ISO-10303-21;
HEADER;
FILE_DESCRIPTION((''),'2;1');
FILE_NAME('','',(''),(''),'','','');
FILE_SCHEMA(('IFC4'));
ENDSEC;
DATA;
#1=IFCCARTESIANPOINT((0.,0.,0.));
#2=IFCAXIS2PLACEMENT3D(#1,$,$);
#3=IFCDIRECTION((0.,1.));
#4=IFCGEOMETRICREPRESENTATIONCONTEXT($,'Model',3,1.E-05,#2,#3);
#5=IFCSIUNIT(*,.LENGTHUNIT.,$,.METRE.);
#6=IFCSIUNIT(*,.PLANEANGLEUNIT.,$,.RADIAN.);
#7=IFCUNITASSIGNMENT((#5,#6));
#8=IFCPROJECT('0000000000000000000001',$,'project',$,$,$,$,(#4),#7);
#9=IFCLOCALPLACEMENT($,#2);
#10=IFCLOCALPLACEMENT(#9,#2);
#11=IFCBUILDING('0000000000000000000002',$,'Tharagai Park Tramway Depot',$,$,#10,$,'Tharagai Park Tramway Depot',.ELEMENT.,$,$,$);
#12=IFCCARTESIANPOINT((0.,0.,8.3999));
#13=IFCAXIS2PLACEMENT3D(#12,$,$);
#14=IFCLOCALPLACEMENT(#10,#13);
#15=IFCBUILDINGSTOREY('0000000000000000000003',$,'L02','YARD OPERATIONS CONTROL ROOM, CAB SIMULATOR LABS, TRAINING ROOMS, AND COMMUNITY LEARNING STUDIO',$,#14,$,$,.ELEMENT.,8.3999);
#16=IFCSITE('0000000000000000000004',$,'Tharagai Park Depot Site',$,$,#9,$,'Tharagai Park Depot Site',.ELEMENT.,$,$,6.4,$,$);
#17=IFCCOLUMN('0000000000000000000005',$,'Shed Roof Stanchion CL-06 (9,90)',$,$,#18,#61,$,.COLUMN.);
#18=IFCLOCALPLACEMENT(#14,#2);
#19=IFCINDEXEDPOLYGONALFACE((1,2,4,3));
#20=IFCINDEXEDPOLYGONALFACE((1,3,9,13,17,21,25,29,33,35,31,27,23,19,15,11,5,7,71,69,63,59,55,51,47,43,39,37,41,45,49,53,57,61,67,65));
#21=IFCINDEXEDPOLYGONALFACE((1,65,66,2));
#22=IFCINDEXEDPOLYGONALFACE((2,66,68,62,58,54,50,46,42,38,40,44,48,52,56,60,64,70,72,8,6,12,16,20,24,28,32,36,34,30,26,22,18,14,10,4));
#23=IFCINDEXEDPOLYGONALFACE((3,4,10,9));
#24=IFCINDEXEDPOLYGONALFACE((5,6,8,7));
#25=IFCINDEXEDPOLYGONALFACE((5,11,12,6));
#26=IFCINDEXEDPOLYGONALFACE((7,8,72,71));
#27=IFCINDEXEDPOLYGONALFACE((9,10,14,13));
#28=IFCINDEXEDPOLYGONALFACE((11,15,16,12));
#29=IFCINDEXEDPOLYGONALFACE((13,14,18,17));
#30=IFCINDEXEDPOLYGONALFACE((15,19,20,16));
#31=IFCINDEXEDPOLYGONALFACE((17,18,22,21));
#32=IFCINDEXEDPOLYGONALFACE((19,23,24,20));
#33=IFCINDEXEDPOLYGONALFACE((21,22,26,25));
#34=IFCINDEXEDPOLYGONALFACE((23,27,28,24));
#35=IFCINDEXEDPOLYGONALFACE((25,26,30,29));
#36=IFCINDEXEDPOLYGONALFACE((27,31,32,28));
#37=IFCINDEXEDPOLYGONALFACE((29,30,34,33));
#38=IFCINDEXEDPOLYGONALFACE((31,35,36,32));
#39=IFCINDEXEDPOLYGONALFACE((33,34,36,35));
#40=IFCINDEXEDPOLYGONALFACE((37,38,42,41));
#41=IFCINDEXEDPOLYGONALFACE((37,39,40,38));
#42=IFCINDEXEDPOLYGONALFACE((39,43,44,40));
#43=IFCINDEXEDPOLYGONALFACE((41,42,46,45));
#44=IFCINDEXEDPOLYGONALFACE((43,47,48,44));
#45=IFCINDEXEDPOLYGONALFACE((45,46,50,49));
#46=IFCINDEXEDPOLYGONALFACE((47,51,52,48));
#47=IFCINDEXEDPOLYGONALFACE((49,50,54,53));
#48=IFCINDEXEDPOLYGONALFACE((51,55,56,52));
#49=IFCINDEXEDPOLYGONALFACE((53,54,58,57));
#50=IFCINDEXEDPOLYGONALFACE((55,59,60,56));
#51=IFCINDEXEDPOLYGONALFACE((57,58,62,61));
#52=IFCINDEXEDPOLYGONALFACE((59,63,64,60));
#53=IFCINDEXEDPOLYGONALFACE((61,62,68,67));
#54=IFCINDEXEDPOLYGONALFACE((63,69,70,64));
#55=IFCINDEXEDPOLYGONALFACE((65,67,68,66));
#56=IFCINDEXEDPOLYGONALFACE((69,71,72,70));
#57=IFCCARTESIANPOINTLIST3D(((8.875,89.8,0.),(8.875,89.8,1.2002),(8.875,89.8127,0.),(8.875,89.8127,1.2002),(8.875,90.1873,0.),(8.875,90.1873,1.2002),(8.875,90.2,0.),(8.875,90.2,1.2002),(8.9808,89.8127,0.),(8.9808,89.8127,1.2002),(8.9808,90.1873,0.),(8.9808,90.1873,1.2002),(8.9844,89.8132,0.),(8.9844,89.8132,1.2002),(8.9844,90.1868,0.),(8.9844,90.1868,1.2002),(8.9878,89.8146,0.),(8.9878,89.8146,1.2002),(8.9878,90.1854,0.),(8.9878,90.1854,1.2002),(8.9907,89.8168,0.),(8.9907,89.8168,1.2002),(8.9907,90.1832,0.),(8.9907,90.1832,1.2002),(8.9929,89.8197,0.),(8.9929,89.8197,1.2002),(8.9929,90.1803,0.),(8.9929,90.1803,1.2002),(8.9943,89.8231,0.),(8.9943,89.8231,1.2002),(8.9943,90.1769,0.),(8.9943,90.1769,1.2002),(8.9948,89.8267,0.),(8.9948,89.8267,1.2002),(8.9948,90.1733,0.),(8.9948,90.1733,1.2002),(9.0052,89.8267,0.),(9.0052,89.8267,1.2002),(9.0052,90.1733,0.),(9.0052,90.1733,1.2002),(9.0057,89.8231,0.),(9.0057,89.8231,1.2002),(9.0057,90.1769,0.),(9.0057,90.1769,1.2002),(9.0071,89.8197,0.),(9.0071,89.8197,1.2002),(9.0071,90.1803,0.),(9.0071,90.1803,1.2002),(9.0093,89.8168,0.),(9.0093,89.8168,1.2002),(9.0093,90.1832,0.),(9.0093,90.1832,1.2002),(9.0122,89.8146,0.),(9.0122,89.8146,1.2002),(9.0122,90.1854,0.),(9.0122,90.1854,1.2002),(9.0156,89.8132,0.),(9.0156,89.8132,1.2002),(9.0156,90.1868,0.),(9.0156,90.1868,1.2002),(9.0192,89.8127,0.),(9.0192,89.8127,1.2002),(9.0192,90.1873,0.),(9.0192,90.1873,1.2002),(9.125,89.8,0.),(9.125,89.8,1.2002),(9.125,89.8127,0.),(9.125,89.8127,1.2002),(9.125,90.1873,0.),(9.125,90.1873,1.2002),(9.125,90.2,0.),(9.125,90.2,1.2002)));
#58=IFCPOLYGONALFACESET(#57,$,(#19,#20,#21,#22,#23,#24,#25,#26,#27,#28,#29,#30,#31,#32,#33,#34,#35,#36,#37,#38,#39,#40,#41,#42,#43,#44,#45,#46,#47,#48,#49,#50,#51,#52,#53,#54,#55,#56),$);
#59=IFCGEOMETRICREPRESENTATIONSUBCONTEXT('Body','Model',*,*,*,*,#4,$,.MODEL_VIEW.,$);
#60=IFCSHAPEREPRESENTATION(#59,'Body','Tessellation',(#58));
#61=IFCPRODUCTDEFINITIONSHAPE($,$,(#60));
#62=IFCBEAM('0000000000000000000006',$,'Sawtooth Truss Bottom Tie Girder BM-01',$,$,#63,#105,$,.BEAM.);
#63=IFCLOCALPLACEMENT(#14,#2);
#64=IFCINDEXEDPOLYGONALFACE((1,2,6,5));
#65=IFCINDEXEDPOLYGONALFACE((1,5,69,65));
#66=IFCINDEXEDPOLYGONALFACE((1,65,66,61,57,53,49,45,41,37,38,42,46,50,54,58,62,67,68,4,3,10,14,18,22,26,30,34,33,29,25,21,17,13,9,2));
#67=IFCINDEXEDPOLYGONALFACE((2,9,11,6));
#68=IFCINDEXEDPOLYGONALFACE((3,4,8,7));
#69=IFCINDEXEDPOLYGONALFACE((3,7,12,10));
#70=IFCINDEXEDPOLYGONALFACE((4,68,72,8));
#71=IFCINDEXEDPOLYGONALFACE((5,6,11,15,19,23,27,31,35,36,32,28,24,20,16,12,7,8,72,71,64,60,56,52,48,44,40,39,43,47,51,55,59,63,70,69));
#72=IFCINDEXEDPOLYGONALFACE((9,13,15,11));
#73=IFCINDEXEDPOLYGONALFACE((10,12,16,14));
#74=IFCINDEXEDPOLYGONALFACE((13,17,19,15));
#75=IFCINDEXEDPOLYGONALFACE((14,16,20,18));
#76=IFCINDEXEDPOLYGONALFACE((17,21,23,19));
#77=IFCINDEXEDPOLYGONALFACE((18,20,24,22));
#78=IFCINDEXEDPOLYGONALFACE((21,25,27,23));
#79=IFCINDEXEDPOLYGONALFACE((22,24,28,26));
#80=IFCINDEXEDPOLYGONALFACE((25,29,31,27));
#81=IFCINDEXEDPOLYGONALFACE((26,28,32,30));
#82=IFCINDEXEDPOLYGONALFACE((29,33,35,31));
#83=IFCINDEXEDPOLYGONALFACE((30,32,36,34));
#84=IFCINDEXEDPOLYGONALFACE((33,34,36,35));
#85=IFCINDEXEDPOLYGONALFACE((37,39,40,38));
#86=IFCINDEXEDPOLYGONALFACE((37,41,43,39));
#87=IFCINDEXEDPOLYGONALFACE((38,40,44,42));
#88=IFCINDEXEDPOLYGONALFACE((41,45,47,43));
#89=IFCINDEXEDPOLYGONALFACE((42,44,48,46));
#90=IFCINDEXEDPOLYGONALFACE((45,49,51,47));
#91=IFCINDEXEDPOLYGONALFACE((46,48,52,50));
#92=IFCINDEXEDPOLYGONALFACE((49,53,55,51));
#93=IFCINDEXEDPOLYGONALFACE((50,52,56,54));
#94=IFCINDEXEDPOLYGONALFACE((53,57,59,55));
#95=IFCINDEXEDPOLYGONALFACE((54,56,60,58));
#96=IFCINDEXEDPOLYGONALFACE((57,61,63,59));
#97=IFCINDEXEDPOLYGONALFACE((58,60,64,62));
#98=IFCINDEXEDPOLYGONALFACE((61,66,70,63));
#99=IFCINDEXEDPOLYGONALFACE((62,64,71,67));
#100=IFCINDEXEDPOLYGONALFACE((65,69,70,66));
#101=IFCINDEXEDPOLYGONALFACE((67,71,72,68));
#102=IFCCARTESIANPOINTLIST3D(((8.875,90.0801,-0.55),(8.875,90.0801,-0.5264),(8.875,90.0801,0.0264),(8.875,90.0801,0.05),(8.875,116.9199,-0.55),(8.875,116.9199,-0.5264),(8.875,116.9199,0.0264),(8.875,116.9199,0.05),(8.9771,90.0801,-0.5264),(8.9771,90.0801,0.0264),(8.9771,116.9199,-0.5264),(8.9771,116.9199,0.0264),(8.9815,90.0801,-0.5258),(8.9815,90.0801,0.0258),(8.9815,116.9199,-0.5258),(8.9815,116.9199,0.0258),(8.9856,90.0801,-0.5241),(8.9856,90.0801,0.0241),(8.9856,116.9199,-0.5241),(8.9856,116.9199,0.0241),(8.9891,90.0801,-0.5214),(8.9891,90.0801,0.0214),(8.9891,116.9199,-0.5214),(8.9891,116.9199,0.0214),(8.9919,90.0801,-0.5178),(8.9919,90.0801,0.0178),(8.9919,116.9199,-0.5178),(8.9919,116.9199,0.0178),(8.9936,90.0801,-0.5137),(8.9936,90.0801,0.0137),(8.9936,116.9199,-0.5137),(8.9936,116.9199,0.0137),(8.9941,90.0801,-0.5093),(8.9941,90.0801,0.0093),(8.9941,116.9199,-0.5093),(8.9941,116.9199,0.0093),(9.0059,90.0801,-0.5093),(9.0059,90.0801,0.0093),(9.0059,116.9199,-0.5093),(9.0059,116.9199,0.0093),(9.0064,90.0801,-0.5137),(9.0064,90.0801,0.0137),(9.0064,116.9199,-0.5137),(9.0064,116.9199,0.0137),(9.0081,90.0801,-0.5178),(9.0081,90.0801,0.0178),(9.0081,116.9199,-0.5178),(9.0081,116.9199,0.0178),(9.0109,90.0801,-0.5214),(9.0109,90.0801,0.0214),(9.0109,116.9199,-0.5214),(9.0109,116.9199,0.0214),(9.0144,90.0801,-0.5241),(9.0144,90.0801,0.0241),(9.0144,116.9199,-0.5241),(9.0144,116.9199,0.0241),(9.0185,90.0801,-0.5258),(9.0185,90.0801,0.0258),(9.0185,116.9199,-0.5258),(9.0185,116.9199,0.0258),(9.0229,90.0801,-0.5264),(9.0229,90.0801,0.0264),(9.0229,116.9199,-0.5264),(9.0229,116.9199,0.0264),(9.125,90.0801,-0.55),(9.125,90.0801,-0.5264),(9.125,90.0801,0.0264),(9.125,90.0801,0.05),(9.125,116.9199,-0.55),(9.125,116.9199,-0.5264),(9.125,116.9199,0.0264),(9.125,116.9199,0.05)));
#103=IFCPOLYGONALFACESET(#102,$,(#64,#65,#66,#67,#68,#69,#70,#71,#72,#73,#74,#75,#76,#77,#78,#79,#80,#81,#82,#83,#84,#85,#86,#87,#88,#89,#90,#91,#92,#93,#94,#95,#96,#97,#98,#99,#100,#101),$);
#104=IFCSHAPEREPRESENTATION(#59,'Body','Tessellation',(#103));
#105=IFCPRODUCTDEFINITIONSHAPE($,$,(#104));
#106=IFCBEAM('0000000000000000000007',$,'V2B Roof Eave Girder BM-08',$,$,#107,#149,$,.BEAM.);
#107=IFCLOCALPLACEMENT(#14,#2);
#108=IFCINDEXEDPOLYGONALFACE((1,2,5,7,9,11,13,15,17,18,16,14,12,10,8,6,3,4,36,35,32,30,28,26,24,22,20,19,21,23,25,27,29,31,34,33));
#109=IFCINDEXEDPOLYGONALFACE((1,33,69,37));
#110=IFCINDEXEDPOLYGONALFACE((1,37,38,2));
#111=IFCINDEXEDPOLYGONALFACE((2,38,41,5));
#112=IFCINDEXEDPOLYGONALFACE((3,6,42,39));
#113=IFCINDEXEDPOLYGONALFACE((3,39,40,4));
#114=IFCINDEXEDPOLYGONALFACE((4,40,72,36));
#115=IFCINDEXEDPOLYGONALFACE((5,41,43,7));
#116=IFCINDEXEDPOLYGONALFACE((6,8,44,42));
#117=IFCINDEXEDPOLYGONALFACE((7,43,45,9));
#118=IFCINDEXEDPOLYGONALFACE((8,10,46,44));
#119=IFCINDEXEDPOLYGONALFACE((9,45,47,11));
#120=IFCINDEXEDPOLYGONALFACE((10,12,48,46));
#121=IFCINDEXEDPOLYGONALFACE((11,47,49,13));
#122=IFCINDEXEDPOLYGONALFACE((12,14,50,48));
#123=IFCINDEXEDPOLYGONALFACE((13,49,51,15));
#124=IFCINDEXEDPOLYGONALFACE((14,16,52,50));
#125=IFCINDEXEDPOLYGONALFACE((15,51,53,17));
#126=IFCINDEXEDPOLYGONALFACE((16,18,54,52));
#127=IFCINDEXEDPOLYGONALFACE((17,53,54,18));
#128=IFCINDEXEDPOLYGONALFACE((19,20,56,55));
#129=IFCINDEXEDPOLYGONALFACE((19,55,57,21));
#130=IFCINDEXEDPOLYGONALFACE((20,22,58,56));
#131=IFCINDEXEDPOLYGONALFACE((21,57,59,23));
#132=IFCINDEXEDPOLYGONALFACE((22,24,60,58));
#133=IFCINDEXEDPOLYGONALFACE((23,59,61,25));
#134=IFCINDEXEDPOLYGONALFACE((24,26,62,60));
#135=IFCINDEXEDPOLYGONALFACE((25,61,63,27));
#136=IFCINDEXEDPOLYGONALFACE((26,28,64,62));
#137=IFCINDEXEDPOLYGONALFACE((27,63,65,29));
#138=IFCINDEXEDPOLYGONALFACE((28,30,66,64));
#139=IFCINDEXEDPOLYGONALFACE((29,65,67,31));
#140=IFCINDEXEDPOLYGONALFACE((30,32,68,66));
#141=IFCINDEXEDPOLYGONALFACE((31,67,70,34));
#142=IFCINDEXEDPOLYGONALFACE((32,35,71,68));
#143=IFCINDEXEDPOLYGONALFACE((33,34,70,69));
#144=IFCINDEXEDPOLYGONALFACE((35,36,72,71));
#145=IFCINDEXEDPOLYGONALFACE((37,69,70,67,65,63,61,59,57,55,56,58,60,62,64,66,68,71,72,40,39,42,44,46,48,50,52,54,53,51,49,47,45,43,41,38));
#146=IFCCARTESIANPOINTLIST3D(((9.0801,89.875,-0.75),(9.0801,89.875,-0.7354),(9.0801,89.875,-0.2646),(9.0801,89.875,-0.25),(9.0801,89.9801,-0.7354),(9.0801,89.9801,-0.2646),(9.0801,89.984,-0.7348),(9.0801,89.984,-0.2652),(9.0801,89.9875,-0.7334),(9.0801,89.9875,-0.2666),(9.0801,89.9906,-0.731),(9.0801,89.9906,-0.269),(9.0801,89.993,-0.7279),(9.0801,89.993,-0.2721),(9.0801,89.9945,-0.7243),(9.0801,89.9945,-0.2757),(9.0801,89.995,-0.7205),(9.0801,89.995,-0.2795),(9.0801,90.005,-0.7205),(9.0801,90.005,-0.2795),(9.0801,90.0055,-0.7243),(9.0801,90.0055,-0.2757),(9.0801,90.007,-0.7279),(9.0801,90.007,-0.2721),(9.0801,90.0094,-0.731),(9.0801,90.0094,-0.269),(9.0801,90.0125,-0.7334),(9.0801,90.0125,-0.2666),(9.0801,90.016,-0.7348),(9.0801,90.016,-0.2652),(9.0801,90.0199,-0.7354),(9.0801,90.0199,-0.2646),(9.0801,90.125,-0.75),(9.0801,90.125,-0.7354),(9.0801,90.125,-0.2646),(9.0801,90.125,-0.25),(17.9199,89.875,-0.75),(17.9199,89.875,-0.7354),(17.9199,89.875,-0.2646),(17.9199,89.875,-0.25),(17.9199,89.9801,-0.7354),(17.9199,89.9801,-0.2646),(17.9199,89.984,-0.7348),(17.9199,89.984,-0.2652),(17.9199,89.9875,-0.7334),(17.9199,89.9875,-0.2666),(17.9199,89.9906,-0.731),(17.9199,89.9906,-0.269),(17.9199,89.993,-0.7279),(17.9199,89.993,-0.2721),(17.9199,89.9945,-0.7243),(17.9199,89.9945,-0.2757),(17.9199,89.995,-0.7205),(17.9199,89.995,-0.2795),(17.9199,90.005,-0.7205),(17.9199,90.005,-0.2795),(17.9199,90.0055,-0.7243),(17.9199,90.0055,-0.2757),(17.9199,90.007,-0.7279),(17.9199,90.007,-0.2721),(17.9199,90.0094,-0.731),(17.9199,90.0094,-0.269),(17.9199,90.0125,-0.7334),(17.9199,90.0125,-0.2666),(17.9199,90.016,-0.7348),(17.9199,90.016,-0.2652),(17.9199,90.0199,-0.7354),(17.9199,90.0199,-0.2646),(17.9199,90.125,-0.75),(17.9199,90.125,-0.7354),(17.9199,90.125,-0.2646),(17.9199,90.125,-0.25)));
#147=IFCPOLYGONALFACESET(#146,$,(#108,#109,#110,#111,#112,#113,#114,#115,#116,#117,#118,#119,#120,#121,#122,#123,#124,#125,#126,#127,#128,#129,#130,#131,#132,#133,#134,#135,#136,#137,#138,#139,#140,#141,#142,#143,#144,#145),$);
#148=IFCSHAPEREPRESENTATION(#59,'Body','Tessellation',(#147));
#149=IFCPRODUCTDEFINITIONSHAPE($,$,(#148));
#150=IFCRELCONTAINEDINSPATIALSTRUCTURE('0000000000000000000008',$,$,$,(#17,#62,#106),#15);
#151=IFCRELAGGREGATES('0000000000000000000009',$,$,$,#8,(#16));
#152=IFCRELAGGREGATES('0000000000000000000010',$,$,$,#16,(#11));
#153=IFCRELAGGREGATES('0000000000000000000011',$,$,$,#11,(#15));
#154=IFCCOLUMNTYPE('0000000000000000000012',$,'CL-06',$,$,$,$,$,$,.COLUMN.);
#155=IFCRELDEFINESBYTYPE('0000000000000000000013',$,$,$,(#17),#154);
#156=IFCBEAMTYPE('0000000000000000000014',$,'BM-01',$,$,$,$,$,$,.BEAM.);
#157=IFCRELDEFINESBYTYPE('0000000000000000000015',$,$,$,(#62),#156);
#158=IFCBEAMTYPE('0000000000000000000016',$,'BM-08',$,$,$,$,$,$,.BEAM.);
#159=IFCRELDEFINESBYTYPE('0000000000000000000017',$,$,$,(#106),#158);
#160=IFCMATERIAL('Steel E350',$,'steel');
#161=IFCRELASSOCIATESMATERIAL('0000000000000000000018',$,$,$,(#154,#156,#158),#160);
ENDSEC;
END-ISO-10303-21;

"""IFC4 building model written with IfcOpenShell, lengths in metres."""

from ifc_helpers import new_model, si_unit, direction, frame, origin, origin_2d, place, context, subcontext, project, spatial, i_section, extrude, material, material_profile, profile_set, type_object, element, save


model = new_model("IFC4")

# Units and contexts
model_context = context("Model", 3, precision=1e-05, world=origin(), true_north=direction((0.0, 1.0)))
body_context = subcontext(model_context, "Body", "Model", "MODEL_VIEW")
ifc_project = project(units=[si_unit("LENGTHUNIT", "METRE"), si_unit("PLANEANGLEUNIT", "RADIAN")], contexts=[model_context])

# Site, building, storey
site_placement = place(None, origin())
site = spatial("IfcSite", under=ifc_project, at=site_placement, Name="Tharagai Park Depot Site", LongName="Tharagai Park Depot Site", CompositionType="ELEMENT", RefElevation=6.4)
building_placement = place(site_placement, origin())
building = spatial("IfcBuilding", under=site, at=building_placement, Name="Tharagai Park Tramway Depot", LongName="Tharagai Park Tramway Depot", CompositionType="ELEMENT")
storey_placement = place(building_placement, frame((0.0, 0.0, 8.3999)))
storey = spatial("IfcBuildingStorey", under=building, at=storey_placement, Name="L02", Description="YARD OPERATIONS CONTROL ROOM, CAB SIMULATOR LABS, TRAINING ROOMS, AND COMMUNITY LEARNING STUDIO", CompositionType="ELEMENT", Elevation=8.3999)

# Column
ifc_material_1 = material(Name="Steel E350", Category="steel")
ifc_material_profile_1 = material_profile(ifc_material_1, i_section(OverallWidth=0.25, OverallDepth=0.3999, WebThickness=0.0105, FlangeThickness=0.0127, FilletRadius=0.0139, at=origin_2d()), Name="ISHB 400")
ifc_profile_set_1 = profile_set([ifc_material_profile_1], Name="Steel E350")
column_type = type_object("IfcColumnType", Name="CL-06", PredefinedType="COLUMN", material=ifc_profile_set_1)
column_placement = place(storey_placement, frame((9.0, 90.0, 0.0), z_axis=(0.0, 0.0, 1.0), x_axis=(1.0, 0.0, 0.0)))
element("IfcColumn", 1, at=column_placement, inside=storey, type_object=column_type, Name="Shed Roof Stanchion CL-06 (9,90)", PredefinedType="COLUMN", context=body_context, shape_type="SweptSolid", body=[
    extrude(i_section(OverallWidth=0.25, OverallDepth=0.3999, WebThickness=0.0105, FlangeThickness=0.0127, FilletRadius=0.0139, at=origin_2d()), origin(), (0.0, 0.0, 1.0), 1.2002),
])

# Beams
ifc_material_profile_2 = material_profile(ifc_material_1, i_section(OverallWidth=0.25, OverallDepth=0.6001, WebThickness=0.0117, FlangeThickness=0.0237, FilletRadius=0.0171, at=origin_2d()), Name="ISWB 600")
ifc_profile_set_2 = profile_set([ifc_material_profile_2], Name="Steel E350")
beam_type_1 = type_object("IfcBeamType", Name="BM-01", PredefinedType="BEAM", material=ifc_profile_set_2)
beam_1_placement = place(storey_placement, frame((9.0, 90.0801, -0.25), z_axis=(0.0, 1.0, 0.0), x_axis=(-1.0, 0.0, 0.0)))
element("IfcBeam", 2, at=beam_1_placement, inside=storey, type_object=beam_type_1, Name="Sawtooth Truss Bottom Tie Girder BM-01", PredefinedType="BEAM", context=body_context, shape_type="SweptSolid", body=[
    extrude(i_section(OverallWidth=0.25, OverallDepth=0.6001, WebThickness=0.0117, FlangeThickness=0.0237, FilletRadius=0.0171, at=origin_2d()), origin(), (0.0, 0.0, 1.0), 26.8398),
])
ifc_material_profile_3 = material_profile(ifc_material_1, i_section(OverallWidth=0.25, OverallDepth=0.5, WebThickness=0.01, FlangeThickness=0.0146, FilletRadius=0.0149, at=origin_2d()), Name="ISWB 500")
ifc_profile_set_3 = profile_set([ifc_material_profile_3], Name="Steel E350")
beam_type_2 = type_object("IfcBeamType", Name="BM-08", PredefinedType="BEAM", material=ifc_profile_set_3)
beam_2_placement = place(storey_placement, frame((9.0801, 90.0, -0.5), z_axis=(1.0, 0.0, 0.0), x_axis=(0.0, 1.0, 0.0)))
element("IfcBeam", 3, at=beam_2_placement, inside=storey, type_object=beam_type_2, Name="V2B Roof Eave Girder BM-08", PredefinedType="BEAM", context=body_context, shape_type="SweptSolid", body=[
    extrude(i_section(OverallWidth=0.25, OverallDepth=0.5, WebThickness=0.01, FlangeThickness=0.0146, FilletRadius=0.0149, at=origin_2d()), origin(), (0.0, 0.0, 1.0), 8.8398),
])

save(model, "model.ifc")
